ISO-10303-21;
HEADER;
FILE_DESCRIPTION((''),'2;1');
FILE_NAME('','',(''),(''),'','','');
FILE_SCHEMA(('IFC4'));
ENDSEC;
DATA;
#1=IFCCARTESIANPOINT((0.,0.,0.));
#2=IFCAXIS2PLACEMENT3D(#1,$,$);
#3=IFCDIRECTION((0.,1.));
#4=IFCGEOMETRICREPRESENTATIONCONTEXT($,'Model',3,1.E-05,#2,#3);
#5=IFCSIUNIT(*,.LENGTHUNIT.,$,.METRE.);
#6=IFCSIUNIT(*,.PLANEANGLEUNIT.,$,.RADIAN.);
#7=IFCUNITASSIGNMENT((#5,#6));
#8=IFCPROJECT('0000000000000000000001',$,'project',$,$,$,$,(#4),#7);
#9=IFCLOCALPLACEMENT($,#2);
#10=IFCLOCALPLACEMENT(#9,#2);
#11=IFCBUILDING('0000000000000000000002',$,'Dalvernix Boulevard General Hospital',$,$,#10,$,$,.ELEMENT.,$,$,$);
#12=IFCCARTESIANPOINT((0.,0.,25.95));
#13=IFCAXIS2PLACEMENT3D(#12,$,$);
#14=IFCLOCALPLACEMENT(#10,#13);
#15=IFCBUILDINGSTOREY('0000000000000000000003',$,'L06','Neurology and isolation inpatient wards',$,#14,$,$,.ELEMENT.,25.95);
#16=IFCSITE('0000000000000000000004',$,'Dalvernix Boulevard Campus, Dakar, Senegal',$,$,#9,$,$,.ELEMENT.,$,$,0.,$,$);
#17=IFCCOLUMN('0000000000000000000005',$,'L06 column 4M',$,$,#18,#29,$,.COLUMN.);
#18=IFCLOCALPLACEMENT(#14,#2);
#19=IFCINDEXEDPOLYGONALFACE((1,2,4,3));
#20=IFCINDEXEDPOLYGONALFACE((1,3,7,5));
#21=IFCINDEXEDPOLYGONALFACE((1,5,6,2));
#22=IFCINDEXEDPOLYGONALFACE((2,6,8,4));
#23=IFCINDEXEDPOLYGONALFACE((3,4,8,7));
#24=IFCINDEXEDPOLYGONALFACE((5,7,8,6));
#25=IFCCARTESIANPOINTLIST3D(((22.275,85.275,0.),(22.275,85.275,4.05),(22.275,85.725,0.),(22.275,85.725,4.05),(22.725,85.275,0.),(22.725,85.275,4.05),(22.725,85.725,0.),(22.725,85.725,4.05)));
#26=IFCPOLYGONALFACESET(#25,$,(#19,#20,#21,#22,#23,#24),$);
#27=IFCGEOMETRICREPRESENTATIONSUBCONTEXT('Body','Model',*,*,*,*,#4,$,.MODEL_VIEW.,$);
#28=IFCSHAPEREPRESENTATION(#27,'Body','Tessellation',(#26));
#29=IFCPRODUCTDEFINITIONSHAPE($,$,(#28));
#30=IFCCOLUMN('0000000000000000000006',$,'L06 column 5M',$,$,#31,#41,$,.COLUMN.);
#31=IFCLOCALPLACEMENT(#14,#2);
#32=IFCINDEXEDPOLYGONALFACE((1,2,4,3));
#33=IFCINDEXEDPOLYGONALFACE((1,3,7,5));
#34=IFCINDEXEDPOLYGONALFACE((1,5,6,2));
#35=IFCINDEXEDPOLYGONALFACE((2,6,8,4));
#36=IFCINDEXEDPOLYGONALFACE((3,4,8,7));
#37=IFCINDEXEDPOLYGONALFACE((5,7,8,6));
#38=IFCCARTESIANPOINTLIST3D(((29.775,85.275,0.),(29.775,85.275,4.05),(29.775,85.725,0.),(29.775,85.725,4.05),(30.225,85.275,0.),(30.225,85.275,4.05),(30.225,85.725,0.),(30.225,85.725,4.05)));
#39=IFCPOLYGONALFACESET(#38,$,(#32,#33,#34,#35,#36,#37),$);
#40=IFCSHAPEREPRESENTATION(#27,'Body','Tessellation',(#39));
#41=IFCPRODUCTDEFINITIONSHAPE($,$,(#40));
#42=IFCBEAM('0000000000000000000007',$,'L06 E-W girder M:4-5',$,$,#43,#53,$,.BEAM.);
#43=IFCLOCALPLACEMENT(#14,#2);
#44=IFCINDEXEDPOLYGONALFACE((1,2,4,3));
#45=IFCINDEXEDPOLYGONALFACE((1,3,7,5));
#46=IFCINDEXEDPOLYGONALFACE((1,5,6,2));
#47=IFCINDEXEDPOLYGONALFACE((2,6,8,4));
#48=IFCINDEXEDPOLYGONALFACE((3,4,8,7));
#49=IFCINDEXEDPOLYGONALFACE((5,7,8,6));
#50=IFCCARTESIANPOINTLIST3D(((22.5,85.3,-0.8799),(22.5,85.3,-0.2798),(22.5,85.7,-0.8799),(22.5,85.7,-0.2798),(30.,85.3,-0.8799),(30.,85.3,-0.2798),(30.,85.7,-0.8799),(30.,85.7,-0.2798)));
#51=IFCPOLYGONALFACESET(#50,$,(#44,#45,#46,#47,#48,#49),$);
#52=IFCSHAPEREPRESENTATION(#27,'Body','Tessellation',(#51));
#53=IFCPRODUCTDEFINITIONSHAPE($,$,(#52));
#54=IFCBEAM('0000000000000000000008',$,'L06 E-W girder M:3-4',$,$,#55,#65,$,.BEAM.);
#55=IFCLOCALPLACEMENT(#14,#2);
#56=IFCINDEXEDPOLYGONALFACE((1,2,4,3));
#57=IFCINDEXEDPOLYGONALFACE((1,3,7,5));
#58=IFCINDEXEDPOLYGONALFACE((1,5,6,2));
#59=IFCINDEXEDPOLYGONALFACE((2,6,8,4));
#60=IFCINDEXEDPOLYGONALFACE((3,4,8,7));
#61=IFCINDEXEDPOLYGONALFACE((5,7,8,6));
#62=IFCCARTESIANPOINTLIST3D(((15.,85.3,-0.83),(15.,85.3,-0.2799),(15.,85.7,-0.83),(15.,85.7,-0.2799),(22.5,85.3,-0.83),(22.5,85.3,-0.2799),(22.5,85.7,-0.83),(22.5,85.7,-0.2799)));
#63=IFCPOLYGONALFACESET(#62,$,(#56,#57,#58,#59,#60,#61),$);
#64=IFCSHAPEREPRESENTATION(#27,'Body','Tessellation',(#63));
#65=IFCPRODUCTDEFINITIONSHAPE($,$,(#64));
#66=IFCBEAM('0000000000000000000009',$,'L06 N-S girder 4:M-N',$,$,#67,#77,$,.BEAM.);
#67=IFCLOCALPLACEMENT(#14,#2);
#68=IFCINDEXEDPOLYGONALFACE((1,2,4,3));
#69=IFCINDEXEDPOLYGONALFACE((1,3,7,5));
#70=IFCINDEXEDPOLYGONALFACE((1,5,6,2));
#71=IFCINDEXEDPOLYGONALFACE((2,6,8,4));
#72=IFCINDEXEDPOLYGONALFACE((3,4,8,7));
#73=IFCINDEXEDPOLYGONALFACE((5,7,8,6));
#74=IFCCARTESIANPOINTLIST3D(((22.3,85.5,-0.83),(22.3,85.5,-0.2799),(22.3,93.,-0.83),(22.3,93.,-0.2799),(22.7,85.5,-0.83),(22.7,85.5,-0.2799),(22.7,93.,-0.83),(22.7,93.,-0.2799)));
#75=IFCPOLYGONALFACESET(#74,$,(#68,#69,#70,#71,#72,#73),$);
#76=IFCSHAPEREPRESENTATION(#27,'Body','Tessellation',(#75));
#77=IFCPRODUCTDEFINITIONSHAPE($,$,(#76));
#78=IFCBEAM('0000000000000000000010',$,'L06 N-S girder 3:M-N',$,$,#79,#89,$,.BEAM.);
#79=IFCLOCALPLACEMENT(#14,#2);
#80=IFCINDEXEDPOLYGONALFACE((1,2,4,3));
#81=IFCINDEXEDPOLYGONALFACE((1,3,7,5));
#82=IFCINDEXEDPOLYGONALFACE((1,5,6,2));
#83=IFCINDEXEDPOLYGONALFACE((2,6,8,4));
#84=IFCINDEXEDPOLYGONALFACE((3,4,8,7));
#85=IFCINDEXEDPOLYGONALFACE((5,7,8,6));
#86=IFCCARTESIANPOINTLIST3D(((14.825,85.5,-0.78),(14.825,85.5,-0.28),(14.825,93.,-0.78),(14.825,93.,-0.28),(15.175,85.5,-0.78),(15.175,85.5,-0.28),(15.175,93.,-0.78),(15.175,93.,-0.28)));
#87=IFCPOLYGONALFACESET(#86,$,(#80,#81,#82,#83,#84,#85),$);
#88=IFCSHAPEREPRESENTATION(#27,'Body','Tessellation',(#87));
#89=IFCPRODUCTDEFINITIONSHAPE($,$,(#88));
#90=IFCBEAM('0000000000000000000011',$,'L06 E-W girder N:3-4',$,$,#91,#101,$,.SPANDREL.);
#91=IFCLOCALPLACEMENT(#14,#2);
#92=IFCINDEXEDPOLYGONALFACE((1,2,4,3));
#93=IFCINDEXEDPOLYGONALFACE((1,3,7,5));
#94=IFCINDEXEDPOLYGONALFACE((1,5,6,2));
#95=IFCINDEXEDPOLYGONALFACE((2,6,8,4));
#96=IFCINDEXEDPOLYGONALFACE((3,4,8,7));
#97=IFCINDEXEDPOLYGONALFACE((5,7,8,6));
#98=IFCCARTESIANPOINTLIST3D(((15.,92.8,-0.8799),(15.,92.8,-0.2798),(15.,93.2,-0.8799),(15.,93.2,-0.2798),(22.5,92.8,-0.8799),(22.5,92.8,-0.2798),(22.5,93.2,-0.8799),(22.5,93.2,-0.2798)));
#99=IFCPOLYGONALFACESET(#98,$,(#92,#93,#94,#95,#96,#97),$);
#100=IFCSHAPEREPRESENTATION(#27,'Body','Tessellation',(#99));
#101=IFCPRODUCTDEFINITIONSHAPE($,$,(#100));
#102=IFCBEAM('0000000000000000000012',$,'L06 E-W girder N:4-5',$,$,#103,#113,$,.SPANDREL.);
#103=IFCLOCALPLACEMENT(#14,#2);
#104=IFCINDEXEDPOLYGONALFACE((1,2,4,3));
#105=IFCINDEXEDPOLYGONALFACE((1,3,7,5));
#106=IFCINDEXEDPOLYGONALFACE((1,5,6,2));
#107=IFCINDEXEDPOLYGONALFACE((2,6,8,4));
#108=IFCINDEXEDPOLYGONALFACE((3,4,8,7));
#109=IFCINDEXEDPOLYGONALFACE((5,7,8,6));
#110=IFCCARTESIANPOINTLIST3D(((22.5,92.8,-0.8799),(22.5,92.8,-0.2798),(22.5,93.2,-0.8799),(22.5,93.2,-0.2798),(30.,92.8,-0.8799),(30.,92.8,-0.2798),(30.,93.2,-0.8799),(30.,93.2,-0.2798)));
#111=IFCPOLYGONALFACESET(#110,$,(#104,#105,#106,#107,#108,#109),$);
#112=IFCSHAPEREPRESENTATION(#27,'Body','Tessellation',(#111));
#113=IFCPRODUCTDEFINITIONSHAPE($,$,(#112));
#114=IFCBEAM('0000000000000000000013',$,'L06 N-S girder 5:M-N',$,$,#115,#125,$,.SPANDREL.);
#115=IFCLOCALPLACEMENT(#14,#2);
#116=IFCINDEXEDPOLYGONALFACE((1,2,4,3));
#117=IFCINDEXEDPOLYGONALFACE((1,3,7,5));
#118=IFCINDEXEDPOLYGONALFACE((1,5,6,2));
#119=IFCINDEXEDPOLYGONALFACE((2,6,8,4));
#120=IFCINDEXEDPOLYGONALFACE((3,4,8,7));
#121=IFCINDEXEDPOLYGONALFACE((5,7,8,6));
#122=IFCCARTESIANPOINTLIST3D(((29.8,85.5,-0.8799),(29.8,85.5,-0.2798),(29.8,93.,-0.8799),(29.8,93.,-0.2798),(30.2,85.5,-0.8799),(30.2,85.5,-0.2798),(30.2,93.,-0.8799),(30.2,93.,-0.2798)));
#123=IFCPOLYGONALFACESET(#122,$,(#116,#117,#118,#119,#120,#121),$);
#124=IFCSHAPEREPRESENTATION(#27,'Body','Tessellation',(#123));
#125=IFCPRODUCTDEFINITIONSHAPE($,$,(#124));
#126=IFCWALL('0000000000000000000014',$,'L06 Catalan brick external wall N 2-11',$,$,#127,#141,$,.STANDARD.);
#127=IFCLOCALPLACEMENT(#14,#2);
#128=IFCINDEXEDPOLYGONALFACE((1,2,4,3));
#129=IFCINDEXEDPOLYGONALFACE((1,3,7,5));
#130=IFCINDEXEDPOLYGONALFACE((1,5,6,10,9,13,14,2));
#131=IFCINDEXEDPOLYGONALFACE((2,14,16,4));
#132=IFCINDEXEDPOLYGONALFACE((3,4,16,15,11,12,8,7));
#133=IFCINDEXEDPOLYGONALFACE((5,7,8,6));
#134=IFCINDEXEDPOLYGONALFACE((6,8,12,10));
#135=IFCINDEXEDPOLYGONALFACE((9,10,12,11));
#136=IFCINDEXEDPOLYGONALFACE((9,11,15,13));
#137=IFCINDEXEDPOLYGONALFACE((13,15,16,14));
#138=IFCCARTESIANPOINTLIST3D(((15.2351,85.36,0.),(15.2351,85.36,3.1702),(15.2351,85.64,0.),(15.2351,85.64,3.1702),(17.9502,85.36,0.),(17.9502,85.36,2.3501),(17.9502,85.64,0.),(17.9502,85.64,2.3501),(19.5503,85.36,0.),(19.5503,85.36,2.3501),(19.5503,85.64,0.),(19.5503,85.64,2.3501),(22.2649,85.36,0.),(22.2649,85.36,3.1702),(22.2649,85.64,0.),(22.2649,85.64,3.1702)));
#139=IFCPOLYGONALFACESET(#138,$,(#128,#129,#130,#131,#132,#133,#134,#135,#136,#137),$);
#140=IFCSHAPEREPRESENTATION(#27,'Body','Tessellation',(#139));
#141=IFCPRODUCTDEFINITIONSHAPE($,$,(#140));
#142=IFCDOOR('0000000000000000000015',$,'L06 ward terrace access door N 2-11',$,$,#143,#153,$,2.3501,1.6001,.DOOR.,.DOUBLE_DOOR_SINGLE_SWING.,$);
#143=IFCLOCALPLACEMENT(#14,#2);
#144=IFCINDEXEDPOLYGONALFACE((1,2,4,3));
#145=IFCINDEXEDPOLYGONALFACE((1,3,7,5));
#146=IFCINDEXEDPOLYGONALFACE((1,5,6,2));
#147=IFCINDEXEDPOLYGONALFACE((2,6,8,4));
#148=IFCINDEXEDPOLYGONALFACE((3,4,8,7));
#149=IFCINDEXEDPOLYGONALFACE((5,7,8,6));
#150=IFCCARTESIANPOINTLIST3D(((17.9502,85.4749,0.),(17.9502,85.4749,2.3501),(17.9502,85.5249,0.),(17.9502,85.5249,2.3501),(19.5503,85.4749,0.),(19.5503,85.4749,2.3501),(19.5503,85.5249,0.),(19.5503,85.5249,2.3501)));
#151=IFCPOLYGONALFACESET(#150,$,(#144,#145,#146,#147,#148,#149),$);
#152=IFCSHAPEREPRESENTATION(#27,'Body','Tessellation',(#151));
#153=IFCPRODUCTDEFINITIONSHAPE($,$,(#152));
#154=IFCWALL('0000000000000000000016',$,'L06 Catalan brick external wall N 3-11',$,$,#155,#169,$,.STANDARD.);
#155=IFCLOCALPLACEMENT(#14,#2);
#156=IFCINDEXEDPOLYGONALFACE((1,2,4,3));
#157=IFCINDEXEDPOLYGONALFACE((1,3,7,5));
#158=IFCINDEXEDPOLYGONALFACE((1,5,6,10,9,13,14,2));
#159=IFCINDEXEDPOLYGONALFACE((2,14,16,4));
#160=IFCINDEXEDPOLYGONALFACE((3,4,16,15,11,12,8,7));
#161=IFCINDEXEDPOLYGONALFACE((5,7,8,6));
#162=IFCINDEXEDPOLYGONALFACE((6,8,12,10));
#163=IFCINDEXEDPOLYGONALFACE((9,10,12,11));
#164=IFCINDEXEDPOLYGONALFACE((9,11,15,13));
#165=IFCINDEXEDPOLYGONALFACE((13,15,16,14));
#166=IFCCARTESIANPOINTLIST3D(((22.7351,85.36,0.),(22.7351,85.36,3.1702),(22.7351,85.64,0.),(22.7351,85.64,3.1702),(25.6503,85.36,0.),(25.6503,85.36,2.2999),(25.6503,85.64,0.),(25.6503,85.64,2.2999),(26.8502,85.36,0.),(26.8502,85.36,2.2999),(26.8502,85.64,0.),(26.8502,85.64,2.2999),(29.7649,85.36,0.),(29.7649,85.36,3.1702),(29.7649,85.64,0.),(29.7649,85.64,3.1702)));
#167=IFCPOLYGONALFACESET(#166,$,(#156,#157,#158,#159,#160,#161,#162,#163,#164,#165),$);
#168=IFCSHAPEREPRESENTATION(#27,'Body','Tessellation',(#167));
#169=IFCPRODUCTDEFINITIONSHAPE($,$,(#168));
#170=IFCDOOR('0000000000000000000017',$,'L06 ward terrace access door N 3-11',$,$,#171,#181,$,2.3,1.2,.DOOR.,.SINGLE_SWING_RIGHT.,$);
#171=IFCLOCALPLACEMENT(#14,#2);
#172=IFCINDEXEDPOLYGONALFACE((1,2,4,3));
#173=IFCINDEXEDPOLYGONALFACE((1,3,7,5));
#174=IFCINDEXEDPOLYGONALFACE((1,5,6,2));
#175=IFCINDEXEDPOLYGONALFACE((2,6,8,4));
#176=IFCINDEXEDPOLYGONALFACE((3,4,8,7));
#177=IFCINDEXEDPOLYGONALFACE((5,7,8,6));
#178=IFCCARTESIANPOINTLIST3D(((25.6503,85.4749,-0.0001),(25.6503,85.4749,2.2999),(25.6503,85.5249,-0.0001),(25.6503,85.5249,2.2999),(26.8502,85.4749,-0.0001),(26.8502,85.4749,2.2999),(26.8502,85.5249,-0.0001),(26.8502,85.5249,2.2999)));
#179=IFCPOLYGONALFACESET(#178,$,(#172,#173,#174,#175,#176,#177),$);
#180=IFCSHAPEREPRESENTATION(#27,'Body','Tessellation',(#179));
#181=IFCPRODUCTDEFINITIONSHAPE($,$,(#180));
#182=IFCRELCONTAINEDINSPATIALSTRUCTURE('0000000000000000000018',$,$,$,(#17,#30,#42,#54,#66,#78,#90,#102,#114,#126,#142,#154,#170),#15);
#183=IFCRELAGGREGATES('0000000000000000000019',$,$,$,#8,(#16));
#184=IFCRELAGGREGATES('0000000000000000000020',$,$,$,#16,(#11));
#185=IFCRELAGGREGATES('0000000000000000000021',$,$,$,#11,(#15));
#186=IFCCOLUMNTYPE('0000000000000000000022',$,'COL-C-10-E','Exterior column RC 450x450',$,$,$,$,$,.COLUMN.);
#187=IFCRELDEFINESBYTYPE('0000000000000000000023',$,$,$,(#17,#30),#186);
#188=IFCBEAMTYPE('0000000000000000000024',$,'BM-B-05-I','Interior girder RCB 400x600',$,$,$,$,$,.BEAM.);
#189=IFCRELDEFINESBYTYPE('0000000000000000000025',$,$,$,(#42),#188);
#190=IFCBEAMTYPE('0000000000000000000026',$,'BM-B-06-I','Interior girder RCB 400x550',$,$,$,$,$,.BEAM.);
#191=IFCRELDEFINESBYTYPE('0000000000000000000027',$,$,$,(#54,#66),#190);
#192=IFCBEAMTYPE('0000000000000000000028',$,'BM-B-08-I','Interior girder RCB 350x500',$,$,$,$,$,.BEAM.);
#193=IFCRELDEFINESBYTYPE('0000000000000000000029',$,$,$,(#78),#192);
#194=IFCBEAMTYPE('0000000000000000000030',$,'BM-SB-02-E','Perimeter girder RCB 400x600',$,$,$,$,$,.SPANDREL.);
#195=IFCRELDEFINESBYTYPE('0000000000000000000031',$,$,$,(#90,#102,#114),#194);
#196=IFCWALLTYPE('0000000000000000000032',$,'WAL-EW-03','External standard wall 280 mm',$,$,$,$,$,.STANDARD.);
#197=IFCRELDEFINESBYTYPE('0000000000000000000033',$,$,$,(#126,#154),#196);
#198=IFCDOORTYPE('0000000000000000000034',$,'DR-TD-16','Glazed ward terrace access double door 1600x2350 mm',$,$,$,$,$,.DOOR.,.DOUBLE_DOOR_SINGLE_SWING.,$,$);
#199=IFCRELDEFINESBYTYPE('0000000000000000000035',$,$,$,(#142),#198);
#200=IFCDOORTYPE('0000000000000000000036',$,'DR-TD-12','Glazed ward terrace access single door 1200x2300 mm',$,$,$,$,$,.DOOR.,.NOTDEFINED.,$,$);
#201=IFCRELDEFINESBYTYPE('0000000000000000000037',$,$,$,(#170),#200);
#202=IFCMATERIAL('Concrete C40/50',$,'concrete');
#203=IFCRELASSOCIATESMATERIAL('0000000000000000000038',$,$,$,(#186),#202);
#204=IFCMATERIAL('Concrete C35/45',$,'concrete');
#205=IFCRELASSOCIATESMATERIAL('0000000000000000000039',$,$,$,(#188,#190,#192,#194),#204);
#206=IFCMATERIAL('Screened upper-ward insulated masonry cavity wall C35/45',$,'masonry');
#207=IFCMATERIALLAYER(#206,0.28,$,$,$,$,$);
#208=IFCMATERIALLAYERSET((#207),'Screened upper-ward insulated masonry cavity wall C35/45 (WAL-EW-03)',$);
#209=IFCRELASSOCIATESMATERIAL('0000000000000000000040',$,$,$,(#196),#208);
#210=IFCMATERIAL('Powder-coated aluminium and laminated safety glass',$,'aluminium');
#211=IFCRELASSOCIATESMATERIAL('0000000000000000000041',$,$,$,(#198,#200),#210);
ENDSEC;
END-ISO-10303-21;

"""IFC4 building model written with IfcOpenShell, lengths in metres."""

from ifc_helpers import new_model, si_unit, direction, frame, frame_2d, origin, origin_2d, place, context, subcontext, project, spatial, rectangle, extrude, material, layer, layer_set, material_profile, profile_set, type_object, element, fill, save


model = new_model("IFC4")

# Units and contexts
model_context = context("Model", 3, precision=1e-05, world=origin(), true_north=direction((0.0, 1.0)))
body_context = subcontext(model_context, "Body", "Model", "MODEL_VIEW")
ifc_project = project(units=[si_unit("LENGTHUNIT", "METRE"), si_unit("PLANEANGLEUNIT", "RADIAN")], contexts=[model_context])

# Site, building, storey
site_placement = place(None, origin())
site = spatial("IfcSite", under=ifc_project, at=site_placement, Name="Dalvernix Boulevard Campus, Dakar, Senegal", CompositionType="ELEMENT", RefElevation=0.0)
building_placement = place(site_placement, origin())
building = spatial("IfcBuilding", under=site, at=building_placement, Name="Dalvernix Boulevard General Hospital", CompositionType="ELEMENT")
storey_placement = place(building_placement, frame((0.0, 0.0, 25.95)))
storey = spatial("IfcBuildingStorey", under=building, at=storey_placement, Name="L06", Description="Neurology and isolation inpatient wards", CompositionType="ELEMENT", Elevation=25.95)

# Columns
ifc_material_1 = material(Name="Concrete C40/50", Category="concrete")
ifc_material_profile_1 = material_profile(ifc_material_1, rectangle(XDim=0.45, YDim=0.45, at=origin_2d()), Name="RC 450x450")
ifc_profile_set_1 = profile_set([ifc_material_profile_1], Name="Concrete C40/50")
column_type = type_object("IfcColumnType", Name="COL-C-10-E", Description="Exterior column RC 450x450", PredefinedType="COLUMN", material=ifc_profile_set_1)
for number, where, z_axis, x_axis, name in (
    (1, (22.5, 85.5, 0.0), (0.0, 0.0, 1.0), (1.0, 0.0, 0.0), "L06 column 4M"),
    (2, (30.0, 85.5, 0.0), (0.0, 0.0, 1.0), (1.0, 0.0, 0.0), "L06 column 5M"),
):
    element("IfcColumn", number, at=place(storey_placement, frame(where, z_axis=z_axis, x_axis=x_axis)), inside=storey, type_object=column_type, Name=name, PredefinedType="COLUMN", context=body_context, shape_type="SweptSolid", body=[
        extrude(rectangle(XDim=0.45, YDim=0.45, at=origin_2d()), origin(), (0.0, 0.0, 1.0), 4.05),
    ])

# Beams
ifc_material_2 = material(Name="Concrete C35/45", Category="concrete")
ifc_material_profile_2 = material_profile(ifc_material_2, rectangle(XDim=0.3999, YDim=0.6001, at=origin_2d()), Name="RCB 400x600")
ifc_profile_set_2 = profile_set([ifc_material_profile_2], Name="Concrete C35/45")
beam_type_1 = type_object("IfcBeamType", Name="BM-B-05-I", Description="Interior girder RCB 400x600", PredefinedType="BEAM", material=ifc_profile_set_2)
beam_1_placement = place(storey_placement, frame((22.5, 85.5, -0.5798), z_axis=(1.0, 0.0, 0.0), x_axis=(0.0, 1.0, 0.0)))
element("IfcBeam", 3, at=beam_1_placement, inside=storey, type_object=beam_type_1, Name="L06 E-W girder M:4-5", PredefinedType="BEAM", context=body_context, shape_type="SweptSolid", body=[
    extrude(rectangle(XDim=0.3999, YDim=0.6001, at=origin_2d()), origin(), (0.0, 0.0, 1.0), 7.5),
])
ifc_material_profile_3 = material_profile(ifc_material_2, rectangle(XDim=0.3999, YDim=0.55, at=origin_2d()), Name="RCB 400x550")
ifc_profile_set_3 = profile_set([ifc_material_profile_3], Name="Concrete C35/45")
beam_type_2 = type_object("IfcBeamType", Name="BM-B-06-I", Description="Interior girder RCB 400x550", PredefinedType="BEAM", material=ifc_profile_set_3)
for number, where, z_axis, x_axis, name in (
    (4, (15.0, 85.5, -0.5549), (1.0, 0.0, 0.0), (0.0, 1.0, 0.0), "L06 E-W girder M:3-4"),
    (5, (22.5, 85.5, -0.5549), (0.0, 1.0, 0.0), (-1.0, 0.0, 0.0), "L06 N-S girder 4:M-N"),
):
    element("IfcBeam", number, at=place(storey_placement, frame(where, z_axis=z_axis, x_axis=x_axis)), inside=storey, type_object=beam_type_2, Name=name, PredefinedType="BEAM", context=body_context, shape_type="SweptSolid", body=[
        extrude(rectangle(XDim=0.3999, YDim=0.55, at=origin_2d()), origin(), (0.0, 0.0, 1.0), 7.5),
    ])
ifc_material_profile_4 = material_profile(ifc_material_2, rectangle(XDim=0.3501, YDim=0.5, at=origin_2d()), Name="RCB 350x500")
ifc_profile_set_4 = profile_set([ifc_material_profile_4], Name="Concrete C35/45")
beam_type_3 = type_object("IfcBeamType", Name="BM-B-08-I", Description="Interior girder RCB 350x500", PredefinedType="BEAM", material=ifc_profile_set_4)
beam_2_placement = place(storey_placement, frame((15.0, 85.5, -0.53), z_axis=(0.0, 1.0, 0.0), x_axis=(-1.0, 0.0, 0.0)))
element("IfcBeam", 6, at=beam_2_placement, inside=storey, type_object=beam_type_3, Name="L06 N-S girder 3:M-N", PredefinedType="BEAM", context=body_context, shape_type="SweptSolid", body=[
    extrude(rectangle(XDim=0.3501, YDim=0.5, at=origin_2d()), origin(), (0.0, 0.0, 1.0), 7.5),
])
ifc_material_profile_5 = material_profile(ifc_material_2, rectangle(XDim=0.3999, YDim=0.6001, at=origin_2d()), Name="RCB 400x600")
ifc_profile_set_5 = profile_set([ifc_material_profile_5], Name="Concrete C35/45")
beam_type_4 = type_object("IfcBeamType", Name="BM-SB-02-E", Description="Perimeter girder RCB 400x600", PredefinedType="SPANDREL", material=ifc_profile_set_5)
for number, where, z_axis, x_axis, name in (
    (7, (15.0, 93.0, -0.5798), (1.0, 0.0, 0.0), (0.0, 1.0, 0.0), "L06 E-W girder N:3-4"),
    (8, (22.5, 93.0, -0.5798), (1.0, 0.0, 0.0), (0.0, 1.0, 0.0), "L06 E-W girder N:4-5"),
    (9, (30.0, 85.5, -0.5798), (0.0, 1.0, 0.0), (-1.0, 0.0, 0.0), "L06 N-S girder 5:M-N"),
):
    element("IfcBeam", number, at=place(storey_placement, frame(where, z_axis=z_axis, x_axis=x_axis)), inside=storey, type_object=beam_type_4, Name=name, PredefinedType="SPANDREL", context=body_context, shape_type="SweptSolid", body=[
        extrude(rectangle(XDim=0.3999, YDim=0.6001, at=origin_2d()), origin(), (0.0, 0.0, 1.0), 7.5),
    ])

# Walls, openings, doors
ifc_material_3 = material(Name="Screened upper-ward insulated masonry cavity wall C35/45", Category="masonry")
ifc_layer_1 = layer(ifc_material_3, 0.28)
ifc_layer_set_1 = layer_set([ifc_layer_1], Name="Screened upper-ward insulated masonry cavity wall C35/45 (WAL-EW-03)")
wall_type_1 = type_object("IfcWallType", Name="WAL-EW-03", Description="External standard wall 280 mm", PredefinedType="STANDARD", material=ifc_layer_set_1)
wall_1_placement = place(storey_placement, frame((15.2351, 85.5, 0.0), z_axis=(0.0, 0.0, 1.0), x_axis=(1.0, 0.0, 0.0)))
wall_1 = element("IfcWall", 10, at=wall_1_placement, inside=storey, type_object=wall_type_1, Name="L06 Catalan brick external wall N 2-11", PredefinedType="STANDARD", context=body_context, shape_type="SweptSolid", body=[
    extrude(rectangle(XDim=7.0298, YDim=0.28, at=frame_2d((3.5149, 0.0))), origin(), (0.0, 0.0, 1.0), 3.1702),
])
opening_1_placement = place(wall_1_placement, frame((2.7151, 0.0, 0.0)))
opening_1 = element("IfcOpeningElement", 11, at=opening_1_placement, cuts=wall_1, PredefinedType="OPENING", context=body_context, shape_type="SweptSolid", body=[
    extrude(rectangle(XDim=1.6001, YDim=2.3501, at=frame_2d((0.8, 1.175))), frame((0.0, 0.1499, 0.0), z_axis=(0.0, -1.0, 0.0), x_axis=(1.0, 0.0, 0.0)), (0.0, 0.0, 1.0), 0.3),
])
ifc_material_4 = material(Name="Powder-coated aluminium and laminated safety glass", Category="aluminium")
door_type_1 = type_object("IfcDoorType", Name="DR-TD-16", Description="Glazed ward terrace access double door 1600x2350 mm", OperationType="DOUBLE_DOOR_SINGLE_SWING", PredefinedType="DOOR", material=ifc_material_4)
door_1_placement = place(opening_1_placement, origin())
door_1 = element("IfcDoor", 12, at=door_1_placement, inside=storey, type_object=door_type_1, Name="L06 ward terrace access door N 2-11", OperationType="DOUBLE_DOOR_SINGLE_SWING", OverallHeight=2.3501, OverallWidth=1.6001, PredefinedType="DOOR", context=body_context, shape_type="SweptSolid", body=[
    extrude(rectangle(XDim=1.6001, YDim=2.3501, at=frame_2d((0.8, 1.175))), frame((0.0, 0.0249, 0.0), z_axis=(0.0, -1.0, 0.0), x_axis=(1.0, 0.0, 0.0)), (0.0, 0.0, 1.0), 0.05),
])
fill(opening_1, door_1)
wall_2_placement = place(storey_placement, frame((22.7351, 85.5, 0.0), z_axis=(0.0, 0.0, 1.0), x_axis=(1.0, 0.0, 0.0)))
wall_2 = element("IfcWall", 13, at=wall_2_placement, inside=storey, type_object=wall_type_1, Name="L06 Catalan brick external wall N 3-11", PredefinedType="STANDARD", context=body_context, shape_type="SweptSolid", body=[
    extrude(rectangle(XDim=7.0298, YDim=0.28, at=frame_2d((3.5149, 0.0))), origin(), (0.0, 0.0, 1.0), 3.1702),
])
opening_2_placement = place(wall_2_placement, frame((2.915, 0.0, 0.0)))
opening_2 = element("IfcOpeningElement", 14, at=opening_2_placement, cuts=wall_2, PredefinedType="OPENING", context=body_context, shape_type="SweptSolid", body=[
    extrude(rectangle(XDim=1.2, YDim=2.3, at=frame_2d((0.6001, 1.1499))), frame((0.0, 0.1499, 0.0), z_axis=(0.0, -1.0, 0.0), x_axis=(1.0, 0.0, 0.0)), (0.0, 0.0, 1.0), 0.3),
])
door_type_2 = type_object("IfcDoorType", Name="DR-TD-12", Description="Glazed ward terrace access single door 1200x2300 mm", OperationType="NOTDEFINED", PredefinedType="DOOR", material=ifc_material_4)
door_2_placement = place(opening_2_placement, origin())
door_2 = element("IfcDoor", 15, at=door_2_placement, inside=storey, type_object=door_type_2, Name="L06 ward terrace access door N 3-11", OperationType="SINGLE_SWING_RIGHT", OverallHeight=2.3, OverallWidth=1.2, PredefinedType="DOOR", context=body_context, shape_type="SweptSolid", body=[
    extrude(rectangle(XDim=1.2, YDim=2.3, at=frame_2d((0.6001, 1.1499))), frame((0.0, 0.0249, 0.0), z_axis=(0.0, -1.0, 0.0), x_axis=(1.0, 0.0, 0.0)), (0.0, 0.0, 1.0), 0.05),
])
fill(opening_2, door_2)

save(model, "model.ifc")
